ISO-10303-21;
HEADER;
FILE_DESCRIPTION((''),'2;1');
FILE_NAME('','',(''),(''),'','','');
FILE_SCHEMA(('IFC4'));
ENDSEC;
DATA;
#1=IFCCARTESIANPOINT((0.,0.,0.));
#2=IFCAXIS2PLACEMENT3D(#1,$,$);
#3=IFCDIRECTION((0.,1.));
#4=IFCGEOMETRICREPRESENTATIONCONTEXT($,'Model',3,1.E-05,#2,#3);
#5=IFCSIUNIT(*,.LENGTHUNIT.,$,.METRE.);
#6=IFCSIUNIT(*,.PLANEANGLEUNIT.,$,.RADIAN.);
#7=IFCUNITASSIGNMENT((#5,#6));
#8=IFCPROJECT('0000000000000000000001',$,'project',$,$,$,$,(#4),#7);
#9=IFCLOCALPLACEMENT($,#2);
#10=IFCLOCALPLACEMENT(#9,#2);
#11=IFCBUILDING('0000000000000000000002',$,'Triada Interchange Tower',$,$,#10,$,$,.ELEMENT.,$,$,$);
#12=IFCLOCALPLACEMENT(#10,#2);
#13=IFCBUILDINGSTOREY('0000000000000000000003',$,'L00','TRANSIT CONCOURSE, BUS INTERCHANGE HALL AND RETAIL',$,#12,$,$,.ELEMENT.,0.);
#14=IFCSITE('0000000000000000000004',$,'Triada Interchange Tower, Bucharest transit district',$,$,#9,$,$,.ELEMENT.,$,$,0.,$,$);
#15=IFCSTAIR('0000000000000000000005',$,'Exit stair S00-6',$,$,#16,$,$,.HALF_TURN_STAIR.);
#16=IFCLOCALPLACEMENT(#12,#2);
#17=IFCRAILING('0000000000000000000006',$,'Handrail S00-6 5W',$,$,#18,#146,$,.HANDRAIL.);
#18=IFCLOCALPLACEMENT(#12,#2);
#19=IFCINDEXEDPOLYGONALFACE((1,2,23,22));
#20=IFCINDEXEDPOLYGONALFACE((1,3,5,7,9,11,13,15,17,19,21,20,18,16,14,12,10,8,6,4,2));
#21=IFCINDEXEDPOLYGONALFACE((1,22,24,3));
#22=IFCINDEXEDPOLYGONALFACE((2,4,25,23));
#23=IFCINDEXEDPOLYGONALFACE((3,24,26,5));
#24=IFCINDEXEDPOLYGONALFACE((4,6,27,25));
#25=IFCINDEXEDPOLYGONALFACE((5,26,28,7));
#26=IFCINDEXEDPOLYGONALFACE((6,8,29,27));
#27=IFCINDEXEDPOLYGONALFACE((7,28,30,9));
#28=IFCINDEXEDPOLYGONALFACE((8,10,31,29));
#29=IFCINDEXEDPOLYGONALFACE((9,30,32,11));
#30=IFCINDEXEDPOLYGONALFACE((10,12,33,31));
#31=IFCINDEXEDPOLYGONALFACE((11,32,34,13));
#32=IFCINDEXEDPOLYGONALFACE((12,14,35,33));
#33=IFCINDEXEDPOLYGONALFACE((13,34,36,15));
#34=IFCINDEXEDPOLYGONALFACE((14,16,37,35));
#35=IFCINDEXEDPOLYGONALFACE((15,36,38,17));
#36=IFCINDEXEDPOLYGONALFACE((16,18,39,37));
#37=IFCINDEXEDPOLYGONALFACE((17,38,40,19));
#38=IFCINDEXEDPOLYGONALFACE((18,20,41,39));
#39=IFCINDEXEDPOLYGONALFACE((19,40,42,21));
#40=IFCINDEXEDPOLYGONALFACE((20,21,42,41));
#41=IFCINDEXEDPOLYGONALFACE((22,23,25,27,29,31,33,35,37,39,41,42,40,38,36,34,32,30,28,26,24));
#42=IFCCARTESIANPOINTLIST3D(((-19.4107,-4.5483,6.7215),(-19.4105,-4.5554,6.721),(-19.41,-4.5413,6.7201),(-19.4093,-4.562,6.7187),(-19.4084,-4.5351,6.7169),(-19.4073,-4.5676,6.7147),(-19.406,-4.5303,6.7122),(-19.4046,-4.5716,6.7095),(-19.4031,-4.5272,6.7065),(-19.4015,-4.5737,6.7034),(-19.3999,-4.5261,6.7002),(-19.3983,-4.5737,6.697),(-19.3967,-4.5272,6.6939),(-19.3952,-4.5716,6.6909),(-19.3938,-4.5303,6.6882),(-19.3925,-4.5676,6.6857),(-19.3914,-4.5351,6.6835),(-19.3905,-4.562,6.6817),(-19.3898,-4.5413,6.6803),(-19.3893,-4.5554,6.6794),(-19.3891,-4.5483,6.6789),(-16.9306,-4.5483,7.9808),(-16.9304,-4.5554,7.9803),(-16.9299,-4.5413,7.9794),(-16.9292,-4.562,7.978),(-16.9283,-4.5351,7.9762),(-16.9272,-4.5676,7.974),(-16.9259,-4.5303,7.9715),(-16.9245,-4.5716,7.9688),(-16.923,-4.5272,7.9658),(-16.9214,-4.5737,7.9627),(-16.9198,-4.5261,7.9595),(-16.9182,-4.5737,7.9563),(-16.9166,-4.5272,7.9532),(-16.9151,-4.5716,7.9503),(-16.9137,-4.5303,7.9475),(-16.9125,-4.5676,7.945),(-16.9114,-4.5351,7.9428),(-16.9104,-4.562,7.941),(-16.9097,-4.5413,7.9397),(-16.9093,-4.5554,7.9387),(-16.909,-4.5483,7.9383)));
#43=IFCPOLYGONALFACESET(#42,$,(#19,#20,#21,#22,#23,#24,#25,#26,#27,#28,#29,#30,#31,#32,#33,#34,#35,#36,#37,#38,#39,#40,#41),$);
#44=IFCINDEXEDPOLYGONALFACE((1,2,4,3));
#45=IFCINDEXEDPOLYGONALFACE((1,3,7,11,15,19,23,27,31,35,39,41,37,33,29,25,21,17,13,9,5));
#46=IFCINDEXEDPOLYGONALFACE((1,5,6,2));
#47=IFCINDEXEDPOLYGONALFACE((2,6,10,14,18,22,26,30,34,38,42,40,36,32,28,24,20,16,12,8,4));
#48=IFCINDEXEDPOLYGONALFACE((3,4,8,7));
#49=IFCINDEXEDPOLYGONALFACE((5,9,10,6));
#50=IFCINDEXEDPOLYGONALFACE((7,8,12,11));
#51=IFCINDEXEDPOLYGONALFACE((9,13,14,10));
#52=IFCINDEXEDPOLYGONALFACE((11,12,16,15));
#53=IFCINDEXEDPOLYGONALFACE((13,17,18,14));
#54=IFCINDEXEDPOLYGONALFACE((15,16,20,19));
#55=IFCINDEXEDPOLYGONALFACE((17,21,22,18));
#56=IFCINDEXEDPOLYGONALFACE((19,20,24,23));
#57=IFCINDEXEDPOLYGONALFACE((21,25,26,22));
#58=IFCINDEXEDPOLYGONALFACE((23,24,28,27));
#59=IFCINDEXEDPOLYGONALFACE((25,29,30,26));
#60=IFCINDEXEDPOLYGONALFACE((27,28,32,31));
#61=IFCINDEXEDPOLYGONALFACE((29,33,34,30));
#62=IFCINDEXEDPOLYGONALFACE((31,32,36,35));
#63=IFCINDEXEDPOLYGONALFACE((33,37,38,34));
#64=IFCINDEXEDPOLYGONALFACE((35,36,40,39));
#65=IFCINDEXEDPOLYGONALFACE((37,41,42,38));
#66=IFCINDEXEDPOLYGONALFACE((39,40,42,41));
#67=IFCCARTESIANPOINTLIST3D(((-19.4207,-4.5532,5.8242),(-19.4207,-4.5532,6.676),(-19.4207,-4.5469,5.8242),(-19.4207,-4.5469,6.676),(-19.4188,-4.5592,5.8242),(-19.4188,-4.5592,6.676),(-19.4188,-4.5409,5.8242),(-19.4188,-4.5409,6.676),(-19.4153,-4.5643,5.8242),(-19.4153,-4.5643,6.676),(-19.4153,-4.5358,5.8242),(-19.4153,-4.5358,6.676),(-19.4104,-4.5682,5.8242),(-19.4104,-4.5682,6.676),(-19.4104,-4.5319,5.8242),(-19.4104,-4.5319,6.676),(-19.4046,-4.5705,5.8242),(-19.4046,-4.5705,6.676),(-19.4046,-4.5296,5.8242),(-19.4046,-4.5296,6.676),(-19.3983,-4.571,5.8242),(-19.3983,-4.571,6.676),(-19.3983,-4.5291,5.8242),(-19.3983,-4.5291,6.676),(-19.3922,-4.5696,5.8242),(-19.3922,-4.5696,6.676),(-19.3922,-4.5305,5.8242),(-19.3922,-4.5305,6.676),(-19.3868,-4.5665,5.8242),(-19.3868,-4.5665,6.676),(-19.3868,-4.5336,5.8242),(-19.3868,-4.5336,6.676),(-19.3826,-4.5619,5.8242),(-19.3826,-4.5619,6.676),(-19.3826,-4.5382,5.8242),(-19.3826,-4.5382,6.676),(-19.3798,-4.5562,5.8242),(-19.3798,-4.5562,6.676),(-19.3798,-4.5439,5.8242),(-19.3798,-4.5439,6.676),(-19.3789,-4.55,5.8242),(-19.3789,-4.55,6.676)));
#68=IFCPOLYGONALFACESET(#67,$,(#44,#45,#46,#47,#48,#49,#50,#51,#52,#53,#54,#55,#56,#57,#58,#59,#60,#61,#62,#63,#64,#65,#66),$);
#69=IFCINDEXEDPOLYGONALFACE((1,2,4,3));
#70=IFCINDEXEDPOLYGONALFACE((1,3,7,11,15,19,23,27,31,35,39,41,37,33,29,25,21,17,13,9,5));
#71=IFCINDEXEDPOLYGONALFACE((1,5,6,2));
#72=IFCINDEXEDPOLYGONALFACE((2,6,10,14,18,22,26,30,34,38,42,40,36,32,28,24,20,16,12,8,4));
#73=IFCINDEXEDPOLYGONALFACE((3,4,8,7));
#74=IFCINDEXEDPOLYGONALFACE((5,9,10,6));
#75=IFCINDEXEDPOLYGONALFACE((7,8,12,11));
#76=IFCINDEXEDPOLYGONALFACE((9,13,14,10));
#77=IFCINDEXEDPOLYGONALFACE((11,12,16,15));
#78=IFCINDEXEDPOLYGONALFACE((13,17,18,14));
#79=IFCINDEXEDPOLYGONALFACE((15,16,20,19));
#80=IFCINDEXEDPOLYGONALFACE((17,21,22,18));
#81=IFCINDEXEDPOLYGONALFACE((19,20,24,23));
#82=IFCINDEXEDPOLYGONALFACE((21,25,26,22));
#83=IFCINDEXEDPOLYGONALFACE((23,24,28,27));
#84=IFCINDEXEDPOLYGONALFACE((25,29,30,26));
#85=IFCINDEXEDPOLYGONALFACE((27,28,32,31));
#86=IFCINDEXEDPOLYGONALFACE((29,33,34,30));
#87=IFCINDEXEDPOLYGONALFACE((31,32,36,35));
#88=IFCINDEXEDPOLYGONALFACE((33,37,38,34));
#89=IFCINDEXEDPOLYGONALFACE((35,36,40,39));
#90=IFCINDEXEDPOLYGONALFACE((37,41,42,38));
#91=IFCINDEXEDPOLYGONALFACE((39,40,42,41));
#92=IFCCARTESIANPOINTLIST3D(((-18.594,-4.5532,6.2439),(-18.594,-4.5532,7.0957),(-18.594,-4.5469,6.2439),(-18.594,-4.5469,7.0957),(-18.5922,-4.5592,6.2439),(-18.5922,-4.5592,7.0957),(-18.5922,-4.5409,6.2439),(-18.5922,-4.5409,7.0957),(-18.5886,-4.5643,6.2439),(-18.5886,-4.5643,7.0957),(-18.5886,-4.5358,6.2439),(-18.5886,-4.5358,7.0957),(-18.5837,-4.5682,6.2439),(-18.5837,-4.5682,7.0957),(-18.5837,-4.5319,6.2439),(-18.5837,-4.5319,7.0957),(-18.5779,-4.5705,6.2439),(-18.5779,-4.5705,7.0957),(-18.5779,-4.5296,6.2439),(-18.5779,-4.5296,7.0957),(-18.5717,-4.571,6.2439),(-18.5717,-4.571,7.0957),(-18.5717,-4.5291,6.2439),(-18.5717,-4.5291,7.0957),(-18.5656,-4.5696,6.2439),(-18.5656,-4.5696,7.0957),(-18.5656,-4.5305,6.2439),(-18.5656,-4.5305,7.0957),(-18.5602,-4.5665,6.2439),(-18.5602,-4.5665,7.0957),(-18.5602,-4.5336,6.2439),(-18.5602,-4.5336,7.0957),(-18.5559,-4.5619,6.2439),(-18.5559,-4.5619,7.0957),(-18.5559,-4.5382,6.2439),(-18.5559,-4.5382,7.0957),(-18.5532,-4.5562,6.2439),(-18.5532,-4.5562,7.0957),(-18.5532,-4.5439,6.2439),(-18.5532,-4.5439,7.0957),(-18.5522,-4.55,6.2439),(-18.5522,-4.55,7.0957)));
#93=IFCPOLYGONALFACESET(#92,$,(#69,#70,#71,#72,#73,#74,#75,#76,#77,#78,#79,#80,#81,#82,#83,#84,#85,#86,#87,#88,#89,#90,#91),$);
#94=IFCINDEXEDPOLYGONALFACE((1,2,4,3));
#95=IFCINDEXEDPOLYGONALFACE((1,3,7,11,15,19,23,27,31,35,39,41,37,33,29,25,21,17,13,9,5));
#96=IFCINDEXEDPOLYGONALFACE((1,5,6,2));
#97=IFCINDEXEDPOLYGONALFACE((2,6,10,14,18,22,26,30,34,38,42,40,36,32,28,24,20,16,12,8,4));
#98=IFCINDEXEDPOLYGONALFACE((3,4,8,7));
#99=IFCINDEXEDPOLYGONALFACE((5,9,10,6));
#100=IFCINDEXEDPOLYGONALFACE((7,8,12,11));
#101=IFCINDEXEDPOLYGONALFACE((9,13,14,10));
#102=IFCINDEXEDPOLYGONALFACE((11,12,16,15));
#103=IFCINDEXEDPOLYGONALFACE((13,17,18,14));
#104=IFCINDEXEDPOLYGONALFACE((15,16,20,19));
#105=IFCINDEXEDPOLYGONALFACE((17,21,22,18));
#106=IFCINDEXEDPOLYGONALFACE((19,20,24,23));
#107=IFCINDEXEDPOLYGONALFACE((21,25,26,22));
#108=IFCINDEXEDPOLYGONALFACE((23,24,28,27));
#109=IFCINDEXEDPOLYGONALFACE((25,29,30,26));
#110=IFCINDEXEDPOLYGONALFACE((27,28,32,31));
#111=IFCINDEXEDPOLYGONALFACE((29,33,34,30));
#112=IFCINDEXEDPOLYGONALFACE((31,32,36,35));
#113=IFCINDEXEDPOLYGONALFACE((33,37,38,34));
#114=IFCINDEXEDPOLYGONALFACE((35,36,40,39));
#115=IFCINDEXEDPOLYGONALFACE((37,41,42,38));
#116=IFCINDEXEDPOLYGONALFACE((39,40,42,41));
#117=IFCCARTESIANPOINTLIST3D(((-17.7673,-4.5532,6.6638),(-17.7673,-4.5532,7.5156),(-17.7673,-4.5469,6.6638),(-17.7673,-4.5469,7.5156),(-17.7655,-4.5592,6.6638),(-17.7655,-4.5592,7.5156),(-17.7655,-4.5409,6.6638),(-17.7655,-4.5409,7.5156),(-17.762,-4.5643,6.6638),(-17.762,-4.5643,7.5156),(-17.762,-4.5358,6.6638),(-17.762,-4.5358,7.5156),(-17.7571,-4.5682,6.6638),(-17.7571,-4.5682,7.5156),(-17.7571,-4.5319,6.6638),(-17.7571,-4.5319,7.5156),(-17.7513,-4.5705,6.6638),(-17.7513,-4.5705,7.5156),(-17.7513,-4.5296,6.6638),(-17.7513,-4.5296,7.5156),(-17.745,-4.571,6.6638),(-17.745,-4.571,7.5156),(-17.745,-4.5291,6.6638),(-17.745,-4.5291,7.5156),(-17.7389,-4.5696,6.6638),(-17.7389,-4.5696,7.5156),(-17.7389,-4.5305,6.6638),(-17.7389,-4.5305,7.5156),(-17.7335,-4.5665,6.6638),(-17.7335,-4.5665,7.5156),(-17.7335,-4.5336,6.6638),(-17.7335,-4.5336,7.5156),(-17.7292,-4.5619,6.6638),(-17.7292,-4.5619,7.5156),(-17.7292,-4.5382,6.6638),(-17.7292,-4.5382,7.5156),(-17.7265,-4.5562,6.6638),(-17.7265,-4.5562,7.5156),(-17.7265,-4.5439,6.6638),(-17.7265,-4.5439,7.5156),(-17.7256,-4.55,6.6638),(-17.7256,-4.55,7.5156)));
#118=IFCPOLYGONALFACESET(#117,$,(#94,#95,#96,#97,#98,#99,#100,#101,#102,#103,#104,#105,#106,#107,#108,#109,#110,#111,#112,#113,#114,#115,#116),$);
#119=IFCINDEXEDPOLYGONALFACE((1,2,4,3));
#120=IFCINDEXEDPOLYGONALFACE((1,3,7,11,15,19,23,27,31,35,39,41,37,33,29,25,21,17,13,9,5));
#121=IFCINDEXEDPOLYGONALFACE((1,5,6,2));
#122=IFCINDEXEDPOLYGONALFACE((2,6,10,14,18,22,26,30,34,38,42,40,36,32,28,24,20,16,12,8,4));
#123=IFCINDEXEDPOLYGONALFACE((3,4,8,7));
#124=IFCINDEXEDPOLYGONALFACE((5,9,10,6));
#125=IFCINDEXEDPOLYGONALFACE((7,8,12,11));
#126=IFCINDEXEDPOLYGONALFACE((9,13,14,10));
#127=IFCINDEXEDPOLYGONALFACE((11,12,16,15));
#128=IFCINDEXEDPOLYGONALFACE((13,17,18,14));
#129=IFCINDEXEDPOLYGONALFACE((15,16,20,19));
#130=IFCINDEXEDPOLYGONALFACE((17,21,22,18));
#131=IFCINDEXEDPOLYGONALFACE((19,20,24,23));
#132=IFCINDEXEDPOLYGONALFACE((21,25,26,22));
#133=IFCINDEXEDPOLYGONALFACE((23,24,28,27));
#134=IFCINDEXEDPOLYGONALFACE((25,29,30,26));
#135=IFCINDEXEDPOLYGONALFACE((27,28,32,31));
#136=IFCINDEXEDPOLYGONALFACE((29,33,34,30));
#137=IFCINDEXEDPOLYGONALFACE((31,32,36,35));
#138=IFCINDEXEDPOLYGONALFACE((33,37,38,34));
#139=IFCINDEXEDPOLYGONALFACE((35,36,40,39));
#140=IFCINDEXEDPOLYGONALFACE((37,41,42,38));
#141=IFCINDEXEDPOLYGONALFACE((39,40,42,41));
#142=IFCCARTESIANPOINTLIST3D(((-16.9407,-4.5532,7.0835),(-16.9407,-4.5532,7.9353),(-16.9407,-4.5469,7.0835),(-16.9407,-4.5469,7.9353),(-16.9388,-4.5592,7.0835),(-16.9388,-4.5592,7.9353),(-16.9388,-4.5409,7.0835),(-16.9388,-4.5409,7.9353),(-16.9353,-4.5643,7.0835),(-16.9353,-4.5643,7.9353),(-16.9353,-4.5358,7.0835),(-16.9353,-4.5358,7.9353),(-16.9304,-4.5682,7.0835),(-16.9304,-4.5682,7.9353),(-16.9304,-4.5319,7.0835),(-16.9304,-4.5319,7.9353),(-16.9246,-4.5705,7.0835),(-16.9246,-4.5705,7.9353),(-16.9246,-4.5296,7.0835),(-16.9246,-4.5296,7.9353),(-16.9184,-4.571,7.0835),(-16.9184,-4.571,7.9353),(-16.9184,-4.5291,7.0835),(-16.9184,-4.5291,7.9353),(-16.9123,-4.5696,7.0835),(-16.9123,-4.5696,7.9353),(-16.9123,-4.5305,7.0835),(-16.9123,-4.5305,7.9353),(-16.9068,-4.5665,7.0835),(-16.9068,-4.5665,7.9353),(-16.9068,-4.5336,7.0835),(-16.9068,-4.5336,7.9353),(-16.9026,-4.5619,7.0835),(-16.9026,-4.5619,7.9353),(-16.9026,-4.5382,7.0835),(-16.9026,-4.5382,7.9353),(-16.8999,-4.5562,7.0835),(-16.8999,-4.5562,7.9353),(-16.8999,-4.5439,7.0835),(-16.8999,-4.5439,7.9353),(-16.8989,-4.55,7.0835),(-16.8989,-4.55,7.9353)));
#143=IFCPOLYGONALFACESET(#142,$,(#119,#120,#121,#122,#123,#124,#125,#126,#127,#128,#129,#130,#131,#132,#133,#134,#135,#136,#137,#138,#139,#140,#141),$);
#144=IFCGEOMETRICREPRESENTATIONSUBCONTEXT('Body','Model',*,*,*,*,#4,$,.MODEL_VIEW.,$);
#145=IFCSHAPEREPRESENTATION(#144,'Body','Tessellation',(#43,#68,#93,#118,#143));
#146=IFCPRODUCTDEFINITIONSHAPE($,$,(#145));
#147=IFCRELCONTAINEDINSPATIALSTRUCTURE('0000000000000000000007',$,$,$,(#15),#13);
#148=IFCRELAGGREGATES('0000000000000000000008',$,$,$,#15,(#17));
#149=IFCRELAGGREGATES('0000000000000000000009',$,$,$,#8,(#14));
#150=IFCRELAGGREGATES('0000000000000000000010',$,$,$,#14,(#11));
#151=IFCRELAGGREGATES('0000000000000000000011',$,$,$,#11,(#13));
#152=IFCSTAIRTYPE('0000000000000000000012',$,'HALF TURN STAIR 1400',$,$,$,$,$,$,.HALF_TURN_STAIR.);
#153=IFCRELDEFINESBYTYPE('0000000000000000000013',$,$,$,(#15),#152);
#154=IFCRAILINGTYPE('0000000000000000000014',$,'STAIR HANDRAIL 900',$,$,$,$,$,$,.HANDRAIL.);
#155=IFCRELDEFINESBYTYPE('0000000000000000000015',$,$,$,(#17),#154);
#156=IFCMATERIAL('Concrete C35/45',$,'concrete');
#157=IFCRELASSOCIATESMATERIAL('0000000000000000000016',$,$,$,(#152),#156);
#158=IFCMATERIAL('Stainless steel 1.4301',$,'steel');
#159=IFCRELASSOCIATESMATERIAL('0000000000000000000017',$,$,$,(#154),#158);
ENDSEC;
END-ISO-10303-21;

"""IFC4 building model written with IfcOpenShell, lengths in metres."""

from ifc_helpers import new_model, si_unit, direction, frame, origin, origin_2d, place, context, subcontext, project, spatial, circle, extrude, material, type_object, element, aggregate, save


model = new_model("IFC4")

# Units and contexts
model_context = context("Model", 3, precision=1e-05, world=origin(), true_north=direction((0.0, 1.0)))
body_context = subcontext(model_context, "Body", "Model", "MODEL_VIEW")
ifc_project = project(units=[si_unit("LENGTHUNIT", "METRE"), si_unit("PLANEANGLEUNIT", "RADIAN")], contexts=[model_context])

# Site, building, storey
site_placement = place(None, origin())
site = spatial("IfcSite", under=ifc_project, at=site_placement, Name="Triada Interchange Tower, Bucharest transit district", CompositionType="ELEMENT", RefElevation=0.0)
building_placement = place(site_placement, origin())
building = spatial("IfcBuilding", under=site, at=building_placement, Name="Triada Interchange Tower", CompositionType="ELEMENT")
storey_placement = place(building_placement, origin())
storey = spatial("IfcBuildingStorey", under=building, at=storey_placement, Name="L00", Description="TRANSIT CONCOURSE, BUS INTERCHANGE HALL AND RETAIL", CompositionType="ELEMENT", Elevation=0.0)

# Shared definitions
ifc_material_1 = material(Name="Concrete C35/45", Category="concrete")

# Stair, railing
stair_type = type_object("IfcStairType", Name="HALF TURN STAIR 1400", PredefinedType="HALF_TURN_STAIR", material=ifc_material_1)
stair_placement = place(storey_placement, origin())
stair = element("IfcStair", 1, at=stair_placement, inside=storey, type_object=stair_type, Name="Exit stair S00-6", PredefinedType="HALF_TURN_STAIR")
ifc_material_2 = material(Name="Stainless steel 1.4301", Category="steel")
railing_type_1 = type_object("IfcRailingType", Name="STAIR HANDRAIL 900", PredefinedType="HANDRAIL", material=ifc_material_2)
railing_1_placement = place(storey_placement, frame((-19.3999, -4.55, 5.8242)))
railing_1 = element("IfcRailing", 2, at=railing_1_placement, type_object=railing_type_1, Name="Handrail S00-6 5W", PredefinedType="HANDRAIL", context=body_context, shape_type="SweptSolid", body=[
    extrude(circle(Radius=0.0239, at=origin_2d()), frame((0.0, 0.0, 0.876), z_axis=(0.891636, 0.0, 0.452752), x_axis=(0.0, 1.0, 0.0)), (0.0, 0.0, 1.0), 2.7815),
    extrude(circle(Radius=0.021, at=origin_2d()), origin(), (0.0, 0.0, 1.0), 0.8518),
    extrude(circle(Radius=0.021, at=origin_2d()), frame((0.8267, 0.0, 0.4197)), (0.0, 0.0, 1.0), 0.8518),
    extrude(circle(Radius=0.021, at=origin_2d()), frame((1.6533, 0.0, 0.8396)), (0.0, 0.0, 1.0), 0.8518),
    extrude(circle(Radius=0.021, at=origin_2d()), frame((2.48, 0.0, 1.2593)), (0.0, 0.0, 1.0), 0.8518),
])
aggregate(stair, [railing_1])

save(model, "model.ifc")
